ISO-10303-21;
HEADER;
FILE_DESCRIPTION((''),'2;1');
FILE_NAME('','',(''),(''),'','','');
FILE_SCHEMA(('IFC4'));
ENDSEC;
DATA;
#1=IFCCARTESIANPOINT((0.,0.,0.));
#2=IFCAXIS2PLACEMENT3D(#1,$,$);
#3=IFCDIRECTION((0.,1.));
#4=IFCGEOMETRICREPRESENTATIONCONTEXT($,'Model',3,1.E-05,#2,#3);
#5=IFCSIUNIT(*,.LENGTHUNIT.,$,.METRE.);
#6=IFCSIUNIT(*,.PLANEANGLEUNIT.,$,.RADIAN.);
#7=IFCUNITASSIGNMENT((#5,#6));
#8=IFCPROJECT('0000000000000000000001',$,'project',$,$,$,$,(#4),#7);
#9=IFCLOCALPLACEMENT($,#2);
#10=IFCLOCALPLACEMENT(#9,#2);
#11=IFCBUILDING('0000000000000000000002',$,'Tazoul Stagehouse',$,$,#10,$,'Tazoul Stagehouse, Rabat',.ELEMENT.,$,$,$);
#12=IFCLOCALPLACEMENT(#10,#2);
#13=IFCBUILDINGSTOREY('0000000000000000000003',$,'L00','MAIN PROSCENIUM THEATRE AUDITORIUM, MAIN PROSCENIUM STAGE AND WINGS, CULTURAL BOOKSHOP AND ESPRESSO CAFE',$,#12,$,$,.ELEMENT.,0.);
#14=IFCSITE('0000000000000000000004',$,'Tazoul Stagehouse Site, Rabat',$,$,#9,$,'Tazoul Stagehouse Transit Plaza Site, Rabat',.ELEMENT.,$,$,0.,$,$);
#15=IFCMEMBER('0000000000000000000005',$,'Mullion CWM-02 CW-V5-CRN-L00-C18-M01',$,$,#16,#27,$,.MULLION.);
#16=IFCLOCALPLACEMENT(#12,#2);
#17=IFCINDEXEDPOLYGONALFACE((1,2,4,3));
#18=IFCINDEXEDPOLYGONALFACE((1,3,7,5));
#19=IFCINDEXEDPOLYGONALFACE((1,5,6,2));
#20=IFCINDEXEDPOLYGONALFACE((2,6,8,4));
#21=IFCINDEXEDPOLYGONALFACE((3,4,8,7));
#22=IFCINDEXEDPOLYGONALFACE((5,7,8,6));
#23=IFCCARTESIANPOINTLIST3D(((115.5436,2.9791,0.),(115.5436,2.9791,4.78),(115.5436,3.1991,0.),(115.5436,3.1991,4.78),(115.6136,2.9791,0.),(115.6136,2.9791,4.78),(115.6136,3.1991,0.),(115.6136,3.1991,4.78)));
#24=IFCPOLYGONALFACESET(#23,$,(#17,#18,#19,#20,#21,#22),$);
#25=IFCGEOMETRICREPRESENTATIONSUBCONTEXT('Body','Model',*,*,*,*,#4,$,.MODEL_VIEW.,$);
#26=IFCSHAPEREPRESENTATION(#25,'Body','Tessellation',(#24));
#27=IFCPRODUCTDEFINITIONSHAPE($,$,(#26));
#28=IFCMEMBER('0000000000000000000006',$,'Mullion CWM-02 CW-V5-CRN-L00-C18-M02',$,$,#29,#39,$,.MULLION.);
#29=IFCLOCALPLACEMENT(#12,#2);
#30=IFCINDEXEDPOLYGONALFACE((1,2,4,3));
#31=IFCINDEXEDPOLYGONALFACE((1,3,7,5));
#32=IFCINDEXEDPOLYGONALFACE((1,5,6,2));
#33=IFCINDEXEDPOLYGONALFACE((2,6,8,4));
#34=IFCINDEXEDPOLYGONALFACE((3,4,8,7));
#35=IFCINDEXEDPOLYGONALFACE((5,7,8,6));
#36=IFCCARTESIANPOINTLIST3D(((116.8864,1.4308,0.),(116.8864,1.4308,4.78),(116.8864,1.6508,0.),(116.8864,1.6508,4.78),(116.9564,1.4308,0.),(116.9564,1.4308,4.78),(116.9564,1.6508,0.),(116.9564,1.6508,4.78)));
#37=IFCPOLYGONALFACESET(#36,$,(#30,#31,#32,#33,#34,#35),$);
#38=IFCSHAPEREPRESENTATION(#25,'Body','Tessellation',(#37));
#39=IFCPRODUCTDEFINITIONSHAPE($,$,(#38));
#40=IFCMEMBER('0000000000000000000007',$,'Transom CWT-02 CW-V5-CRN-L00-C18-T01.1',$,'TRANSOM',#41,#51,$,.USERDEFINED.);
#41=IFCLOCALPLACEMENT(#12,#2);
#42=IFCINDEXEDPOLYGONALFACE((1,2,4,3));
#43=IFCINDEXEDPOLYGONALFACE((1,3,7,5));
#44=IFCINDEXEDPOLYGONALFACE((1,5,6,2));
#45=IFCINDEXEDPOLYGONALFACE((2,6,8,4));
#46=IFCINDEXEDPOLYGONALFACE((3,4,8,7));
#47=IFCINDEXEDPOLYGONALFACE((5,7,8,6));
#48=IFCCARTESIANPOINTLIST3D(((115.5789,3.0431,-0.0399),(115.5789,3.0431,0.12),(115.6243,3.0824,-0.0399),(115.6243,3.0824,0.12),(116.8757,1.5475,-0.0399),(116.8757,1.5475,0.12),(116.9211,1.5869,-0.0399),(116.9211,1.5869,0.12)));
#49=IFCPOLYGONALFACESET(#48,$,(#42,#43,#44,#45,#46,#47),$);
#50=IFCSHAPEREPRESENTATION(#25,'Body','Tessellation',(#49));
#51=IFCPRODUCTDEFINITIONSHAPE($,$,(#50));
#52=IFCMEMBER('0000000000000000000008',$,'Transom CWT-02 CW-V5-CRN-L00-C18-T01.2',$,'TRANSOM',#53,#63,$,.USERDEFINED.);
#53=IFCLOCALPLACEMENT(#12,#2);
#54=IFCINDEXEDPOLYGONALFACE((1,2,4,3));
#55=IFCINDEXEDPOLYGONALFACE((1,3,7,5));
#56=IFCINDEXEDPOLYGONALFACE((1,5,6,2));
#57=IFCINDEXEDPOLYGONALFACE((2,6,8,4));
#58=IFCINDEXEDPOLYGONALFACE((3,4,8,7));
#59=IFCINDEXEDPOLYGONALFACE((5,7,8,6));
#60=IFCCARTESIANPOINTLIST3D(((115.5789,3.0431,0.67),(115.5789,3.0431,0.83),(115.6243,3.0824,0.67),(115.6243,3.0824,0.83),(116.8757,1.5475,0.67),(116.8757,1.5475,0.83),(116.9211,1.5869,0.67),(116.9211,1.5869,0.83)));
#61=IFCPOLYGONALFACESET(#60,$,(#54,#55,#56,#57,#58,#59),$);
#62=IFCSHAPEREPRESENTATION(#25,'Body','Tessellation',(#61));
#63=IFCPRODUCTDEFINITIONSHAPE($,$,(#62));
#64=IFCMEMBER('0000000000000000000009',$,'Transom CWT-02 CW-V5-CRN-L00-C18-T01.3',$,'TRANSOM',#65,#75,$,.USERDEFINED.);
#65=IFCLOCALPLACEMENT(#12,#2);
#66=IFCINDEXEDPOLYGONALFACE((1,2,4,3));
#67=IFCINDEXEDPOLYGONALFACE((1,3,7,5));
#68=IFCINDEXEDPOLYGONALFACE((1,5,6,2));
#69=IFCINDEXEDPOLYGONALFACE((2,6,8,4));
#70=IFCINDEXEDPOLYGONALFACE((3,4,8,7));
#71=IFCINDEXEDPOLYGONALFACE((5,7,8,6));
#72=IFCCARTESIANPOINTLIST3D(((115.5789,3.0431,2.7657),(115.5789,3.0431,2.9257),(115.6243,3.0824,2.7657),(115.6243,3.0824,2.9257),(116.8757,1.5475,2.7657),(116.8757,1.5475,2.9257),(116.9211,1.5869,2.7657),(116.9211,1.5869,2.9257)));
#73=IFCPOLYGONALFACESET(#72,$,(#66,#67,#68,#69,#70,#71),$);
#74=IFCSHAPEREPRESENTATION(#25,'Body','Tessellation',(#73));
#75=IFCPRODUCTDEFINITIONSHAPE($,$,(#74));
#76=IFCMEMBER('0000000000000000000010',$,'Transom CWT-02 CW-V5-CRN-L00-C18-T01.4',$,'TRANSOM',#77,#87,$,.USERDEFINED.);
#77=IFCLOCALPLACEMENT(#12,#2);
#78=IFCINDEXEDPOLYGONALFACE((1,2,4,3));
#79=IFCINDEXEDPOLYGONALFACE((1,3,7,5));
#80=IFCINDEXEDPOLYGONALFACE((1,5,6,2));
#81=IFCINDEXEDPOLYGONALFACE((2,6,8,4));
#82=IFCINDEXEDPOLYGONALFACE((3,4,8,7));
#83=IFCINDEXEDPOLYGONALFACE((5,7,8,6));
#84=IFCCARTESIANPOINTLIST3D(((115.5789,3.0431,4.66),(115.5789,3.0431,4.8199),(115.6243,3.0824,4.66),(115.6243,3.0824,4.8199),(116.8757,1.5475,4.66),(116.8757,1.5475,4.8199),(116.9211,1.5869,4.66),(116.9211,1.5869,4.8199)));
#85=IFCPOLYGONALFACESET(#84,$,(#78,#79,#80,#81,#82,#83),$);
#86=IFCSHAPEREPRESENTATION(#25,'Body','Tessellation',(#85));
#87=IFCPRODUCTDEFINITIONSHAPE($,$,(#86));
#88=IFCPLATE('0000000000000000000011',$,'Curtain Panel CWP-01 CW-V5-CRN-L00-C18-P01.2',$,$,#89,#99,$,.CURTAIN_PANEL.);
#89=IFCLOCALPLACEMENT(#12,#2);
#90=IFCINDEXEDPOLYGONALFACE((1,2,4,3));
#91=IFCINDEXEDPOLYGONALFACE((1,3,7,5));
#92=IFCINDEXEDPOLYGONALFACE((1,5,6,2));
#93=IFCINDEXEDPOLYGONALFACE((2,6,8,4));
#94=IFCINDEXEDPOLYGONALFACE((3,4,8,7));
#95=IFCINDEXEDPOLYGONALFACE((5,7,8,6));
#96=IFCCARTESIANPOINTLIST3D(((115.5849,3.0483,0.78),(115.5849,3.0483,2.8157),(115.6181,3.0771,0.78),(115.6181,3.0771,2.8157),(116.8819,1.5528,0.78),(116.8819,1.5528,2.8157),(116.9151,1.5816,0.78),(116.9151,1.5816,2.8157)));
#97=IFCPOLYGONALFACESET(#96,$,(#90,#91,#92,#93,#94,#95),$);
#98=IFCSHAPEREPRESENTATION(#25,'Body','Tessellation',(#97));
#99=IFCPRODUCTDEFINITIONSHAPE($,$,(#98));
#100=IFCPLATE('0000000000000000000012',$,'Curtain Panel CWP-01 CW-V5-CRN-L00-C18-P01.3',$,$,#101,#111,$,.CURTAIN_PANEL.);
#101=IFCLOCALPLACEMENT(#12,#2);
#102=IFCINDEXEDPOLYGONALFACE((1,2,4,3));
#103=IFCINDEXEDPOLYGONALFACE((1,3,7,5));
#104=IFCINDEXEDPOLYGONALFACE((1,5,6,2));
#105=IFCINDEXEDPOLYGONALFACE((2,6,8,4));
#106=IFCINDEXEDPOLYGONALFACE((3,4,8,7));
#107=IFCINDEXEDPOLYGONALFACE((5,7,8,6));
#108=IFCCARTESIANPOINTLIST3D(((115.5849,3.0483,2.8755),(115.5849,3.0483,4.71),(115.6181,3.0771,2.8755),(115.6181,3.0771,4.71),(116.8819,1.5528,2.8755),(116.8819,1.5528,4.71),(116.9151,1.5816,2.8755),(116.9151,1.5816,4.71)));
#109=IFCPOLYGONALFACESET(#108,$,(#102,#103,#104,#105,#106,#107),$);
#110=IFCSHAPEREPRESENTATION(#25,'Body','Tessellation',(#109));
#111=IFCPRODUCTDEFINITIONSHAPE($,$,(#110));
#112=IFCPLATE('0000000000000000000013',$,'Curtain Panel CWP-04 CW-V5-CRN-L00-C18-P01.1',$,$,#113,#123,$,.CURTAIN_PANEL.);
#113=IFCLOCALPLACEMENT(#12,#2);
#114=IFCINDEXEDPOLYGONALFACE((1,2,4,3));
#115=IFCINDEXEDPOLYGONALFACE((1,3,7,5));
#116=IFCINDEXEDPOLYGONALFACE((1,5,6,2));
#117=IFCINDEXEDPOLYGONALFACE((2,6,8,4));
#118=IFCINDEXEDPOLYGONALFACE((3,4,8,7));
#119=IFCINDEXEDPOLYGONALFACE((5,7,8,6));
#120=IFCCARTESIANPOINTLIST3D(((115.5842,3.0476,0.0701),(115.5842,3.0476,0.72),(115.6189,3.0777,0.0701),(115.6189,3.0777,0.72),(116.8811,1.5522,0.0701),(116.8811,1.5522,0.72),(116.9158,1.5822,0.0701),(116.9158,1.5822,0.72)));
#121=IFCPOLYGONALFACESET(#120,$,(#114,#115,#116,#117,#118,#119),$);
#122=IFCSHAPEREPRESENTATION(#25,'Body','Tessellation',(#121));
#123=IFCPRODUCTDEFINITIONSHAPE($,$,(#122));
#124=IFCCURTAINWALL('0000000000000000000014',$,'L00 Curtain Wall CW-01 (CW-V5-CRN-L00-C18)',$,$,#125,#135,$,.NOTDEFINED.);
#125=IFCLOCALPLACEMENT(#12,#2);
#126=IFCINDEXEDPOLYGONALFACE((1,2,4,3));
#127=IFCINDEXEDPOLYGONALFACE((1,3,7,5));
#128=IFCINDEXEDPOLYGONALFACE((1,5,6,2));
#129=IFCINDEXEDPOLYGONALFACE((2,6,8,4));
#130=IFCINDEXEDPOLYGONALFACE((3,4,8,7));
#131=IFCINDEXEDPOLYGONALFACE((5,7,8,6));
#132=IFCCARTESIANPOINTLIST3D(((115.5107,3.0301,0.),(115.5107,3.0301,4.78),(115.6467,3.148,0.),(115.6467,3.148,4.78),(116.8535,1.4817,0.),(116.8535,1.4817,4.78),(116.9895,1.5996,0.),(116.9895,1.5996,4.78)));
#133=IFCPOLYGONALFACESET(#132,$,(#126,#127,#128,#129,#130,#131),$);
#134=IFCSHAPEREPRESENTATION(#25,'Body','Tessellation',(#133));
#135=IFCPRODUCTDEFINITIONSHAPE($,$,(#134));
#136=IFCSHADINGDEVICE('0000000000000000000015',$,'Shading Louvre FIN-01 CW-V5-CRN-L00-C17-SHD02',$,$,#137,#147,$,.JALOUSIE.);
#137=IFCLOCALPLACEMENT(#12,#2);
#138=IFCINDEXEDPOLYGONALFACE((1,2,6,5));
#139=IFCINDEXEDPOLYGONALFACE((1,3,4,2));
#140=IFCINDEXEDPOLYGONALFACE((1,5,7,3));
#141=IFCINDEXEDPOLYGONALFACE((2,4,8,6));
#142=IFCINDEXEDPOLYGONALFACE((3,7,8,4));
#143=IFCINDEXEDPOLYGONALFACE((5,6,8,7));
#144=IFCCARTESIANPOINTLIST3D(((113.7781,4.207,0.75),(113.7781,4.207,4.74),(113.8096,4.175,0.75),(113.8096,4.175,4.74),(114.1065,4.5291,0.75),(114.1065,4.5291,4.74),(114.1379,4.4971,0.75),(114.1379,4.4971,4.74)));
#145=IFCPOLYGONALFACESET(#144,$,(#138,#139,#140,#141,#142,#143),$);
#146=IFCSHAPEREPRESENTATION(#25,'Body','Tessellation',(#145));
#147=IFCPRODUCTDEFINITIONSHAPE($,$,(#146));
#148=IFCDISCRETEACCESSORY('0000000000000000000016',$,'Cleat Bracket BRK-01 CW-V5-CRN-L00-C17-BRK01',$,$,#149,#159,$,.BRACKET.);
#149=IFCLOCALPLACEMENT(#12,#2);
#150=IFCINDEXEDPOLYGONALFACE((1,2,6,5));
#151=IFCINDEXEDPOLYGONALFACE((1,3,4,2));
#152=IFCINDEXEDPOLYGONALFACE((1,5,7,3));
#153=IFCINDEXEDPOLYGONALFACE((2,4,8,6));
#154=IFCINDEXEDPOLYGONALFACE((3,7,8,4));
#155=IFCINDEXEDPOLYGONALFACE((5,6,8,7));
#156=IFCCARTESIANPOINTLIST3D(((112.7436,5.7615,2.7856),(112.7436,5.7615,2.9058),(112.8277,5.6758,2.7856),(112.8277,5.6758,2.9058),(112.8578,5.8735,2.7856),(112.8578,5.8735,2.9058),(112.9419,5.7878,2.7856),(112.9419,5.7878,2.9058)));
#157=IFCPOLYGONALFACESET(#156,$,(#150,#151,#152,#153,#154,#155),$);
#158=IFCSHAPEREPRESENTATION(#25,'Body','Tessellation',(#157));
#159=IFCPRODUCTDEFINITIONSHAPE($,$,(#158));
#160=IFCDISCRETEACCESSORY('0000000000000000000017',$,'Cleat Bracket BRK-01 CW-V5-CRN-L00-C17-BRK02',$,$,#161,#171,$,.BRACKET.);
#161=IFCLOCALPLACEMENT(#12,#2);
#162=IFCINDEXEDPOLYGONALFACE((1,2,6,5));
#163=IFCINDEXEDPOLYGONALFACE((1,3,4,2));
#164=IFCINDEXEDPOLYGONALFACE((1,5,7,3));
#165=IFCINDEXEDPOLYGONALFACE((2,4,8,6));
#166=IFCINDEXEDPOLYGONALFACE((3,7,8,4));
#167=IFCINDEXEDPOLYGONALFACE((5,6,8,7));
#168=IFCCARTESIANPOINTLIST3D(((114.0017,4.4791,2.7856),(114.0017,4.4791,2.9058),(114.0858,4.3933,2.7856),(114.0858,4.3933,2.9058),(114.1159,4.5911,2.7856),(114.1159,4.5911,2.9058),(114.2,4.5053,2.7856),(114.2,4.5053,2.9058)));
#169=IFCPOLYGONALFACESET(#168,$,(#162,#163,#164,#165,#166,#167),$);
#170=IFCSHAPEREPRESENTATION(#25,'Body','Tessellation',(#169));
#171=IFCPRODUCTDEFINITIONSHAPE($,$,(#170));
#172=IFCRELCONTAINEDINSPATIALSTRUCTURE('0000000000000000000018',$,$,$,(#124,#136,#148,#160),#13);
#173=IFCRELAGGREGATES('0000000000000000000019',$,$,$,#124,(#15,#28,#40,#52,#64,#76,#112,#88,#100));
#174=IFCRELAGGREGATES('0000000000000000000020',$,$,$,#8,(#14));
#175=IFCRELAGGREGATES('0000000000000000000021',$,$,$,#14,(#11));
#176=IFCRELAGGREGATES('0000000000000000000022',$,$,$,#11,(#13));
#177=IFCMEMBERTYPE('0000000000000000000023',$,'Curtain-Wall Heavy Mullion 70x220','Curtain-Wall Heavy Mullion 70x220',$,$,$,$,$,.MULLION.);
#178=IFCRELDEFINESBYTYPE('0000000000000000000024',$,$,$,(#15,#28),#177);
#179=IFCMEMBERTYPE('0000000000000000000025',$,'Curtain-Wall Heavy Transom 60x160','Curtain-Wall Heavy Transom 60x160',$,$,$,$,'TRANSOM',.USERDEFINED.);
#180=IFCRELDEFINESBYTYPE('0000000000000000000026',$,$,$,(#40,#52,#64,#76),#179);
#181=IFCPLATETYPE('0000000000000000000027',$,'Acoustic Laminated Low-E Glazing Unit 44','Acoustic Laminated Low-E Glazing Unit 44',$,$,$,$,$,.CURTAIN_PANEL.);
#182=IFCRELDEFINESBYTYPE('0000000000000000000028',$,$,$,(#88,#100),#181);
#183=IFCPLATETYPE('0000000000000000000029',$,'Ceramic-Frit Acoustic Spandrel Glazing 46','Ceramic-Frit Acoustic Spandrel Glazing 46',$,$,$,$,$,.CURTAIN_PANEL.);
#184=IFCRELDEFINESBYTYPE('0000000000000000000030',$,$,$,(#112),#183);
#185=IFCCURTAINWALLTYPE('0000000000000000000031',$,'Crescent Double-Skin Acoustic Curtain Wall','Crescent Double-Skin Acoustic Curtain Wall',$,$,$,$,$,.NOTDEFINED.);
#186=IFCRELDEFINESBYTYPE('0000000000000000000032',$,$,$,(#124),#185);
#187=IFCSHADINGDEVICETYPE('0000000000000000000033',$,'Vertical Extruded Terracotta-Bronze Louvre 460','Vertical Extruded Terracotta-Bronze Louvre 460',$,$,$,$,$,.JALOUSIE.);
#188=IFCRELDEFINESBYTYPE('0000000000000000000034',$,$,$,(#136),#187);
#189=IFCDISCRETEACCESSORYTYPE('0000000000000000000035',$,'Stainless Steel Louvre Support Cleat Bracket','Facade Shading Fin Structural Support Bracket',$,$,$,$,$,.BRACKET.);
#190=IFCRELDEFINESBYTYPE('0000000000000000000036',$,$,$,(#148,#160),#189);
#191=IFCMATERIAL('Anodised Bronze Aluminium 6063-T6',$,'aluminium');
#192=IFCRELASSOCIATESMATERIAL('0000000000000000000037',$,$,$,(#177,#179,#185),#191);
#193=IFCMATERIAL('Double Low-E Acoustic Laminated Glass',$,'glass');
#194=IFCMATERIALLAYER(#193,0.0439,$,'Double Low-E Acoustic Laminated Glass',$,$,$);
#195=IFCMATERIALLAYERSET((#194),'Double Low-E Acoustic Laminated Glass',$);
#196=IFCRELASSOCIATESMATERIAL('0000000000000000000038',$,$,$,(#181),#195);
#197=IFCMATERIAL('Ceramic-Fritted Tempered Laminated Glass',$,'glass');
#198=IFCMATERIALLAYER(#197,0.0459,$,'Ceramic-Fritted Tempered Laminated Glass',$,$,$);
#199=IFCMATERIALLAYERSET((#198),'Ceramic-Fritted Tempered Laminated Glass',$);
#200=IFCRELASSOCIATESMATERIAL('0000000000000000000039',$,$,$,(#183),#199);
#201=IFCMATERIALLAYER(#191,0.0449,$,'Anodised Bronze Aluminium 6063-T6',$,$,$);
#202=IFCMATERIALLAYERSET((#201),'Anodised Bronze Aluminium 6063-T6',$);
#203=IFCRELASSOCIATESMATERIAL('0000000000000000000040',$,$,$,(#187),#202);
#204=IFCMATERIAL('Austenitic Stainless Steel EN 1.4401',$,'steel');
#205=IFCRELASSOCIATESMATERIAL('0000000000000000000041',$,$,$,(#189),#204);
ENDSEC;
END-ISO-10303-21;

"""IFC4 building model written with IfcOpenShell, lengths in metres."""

from ifc_helpers import new_model, si_unit, direction, frame, frame_2d, origin, origin_2d, place, context, subcontext, project, spatial, rectangle, extrude, material, layer, layer_set, material_profile, profile_set, type_object, element, aggregate, save


model = new_model("IFC4")

# Units and contexts
model_context = context("Model", 3, precision=1e-05, world=origin(), true_north=direction((0.0, 1.0)))
body_context = subcontext(model_context, "Body", "Model", "MODEL_VIEW")
ifc_project = project(units=[si_unit("LENGTHUNIT", "METRE"), si_unit("PLANEANGLEUNIT", "RADIAN")], contexts=[model_context])

# Members
ifc_material_1 = material(Name="Anodised Bronze Aluminium 6063-T6", Category="aluminium")
ifc_material_profile_1 = material_profile(ifc_material_1, rectangle(XDim=0.0701, YDim=0.22, at=origin_2d()), Name="ALU MULLION 70x220")
ifc_profile_set_1 = profile_set([ifc_material_profile_1], Name="Anodised Bronze Aluminium 6063-T6")
member_type_1 = type_object("IfcMemberType", Name="Curtain-Wall Heavy Mullion 70x220", Description="Curtain-Wall Heavy Mullion 70x220", PredefinedType="MULLION", material=ifc_profile_set_1)
site_placement = place(None, origin())
building_placement = place(site_placement, origin())
storey_placement = place(building_placement, origin())
member_1_placement = place(storey_placement, frame((115.5786, 3.0891, 0.0), z_axis=(0.0, 0.0, 1.0), x_axis=(1.0, 0.0, 0.0)))
member_1 = element("IfcMember", 1, at=member_1_placement, type_object=member_type_1, Name="Mullion CWM-02 CW-V5-CRN-L00-C18-M01", PredefinedType="MULLION", context=body_context, shape_type="SweptSolid", body=[
    extrude(rectangle(XDim=0.0701, YDim=0.22, at=origin_2d()), origin(), (0.0, 0.0, 1.0), 4.78),
])
member_2_placement = place(storey_placement, frame((116.9214, 1.5408, 0.0), z_axis=(0.0, 0.0, 1.0), x_axis=(1.0, 0.0, 0.0)))
member_2 = element("IfcMember", 2, at=member_2_placement, type_object=member_type_1, Name="Mullion CWM-02 CW-V5-CRN-L00-C18-M02", PredefinedType="MULLION", context=body_context, shape_type="SweptSolid", body=[
    extrude(rectangle(XDim=0.0701, YDim=0.22, at=origin_2d()), origin(), (0.0, 0.0, 1.0), 4.78),
])
ifc_material_profile_2 = material_profile(ifc_material_1, rectangle(XDim=0.0601, YDim=0.1599, at=origin_2d()), Name="ALU TRANSOM 60x160")
ifc_profile_set_2 = profile_set([ifc_material_profile_2], Name="Anodised Bronze Aluminium 6063-T6")
member_type_2 = type_object("IfcMemberType", Name="Curtain-Wall Heavy Transom 60x160", Description="Curtain-Wall Heavy Transom 60x160", ElementType="TRANSOM", PredefinedType="USERDEFINED", material=ifc_profile_set_2)
member_3_placement = place(storey_placement, frame((115.6016, 3.0627, 0.04), z_axis=(0.655128, -0.755518, 0.0), x_axis=(0.755518, 0.655128, 0.0)))
member_3 = element("IfcMember", 3, at=member_3_placement, type_object=member_type_2, Name="Transom CWT-02 CW-V5-CRN-L00-C18-T01.1", ObjectType="TRANSOM", PredefinedType="USERDEFINED", context=body_context, shape_type="SweptSolid", body=[
    extrude(rectangle(XDim=0.0601, YDim=0.1599, at=origin_2d()), origin(), (0.0, 0.0, 1.0), 1.9795),
])
member_4_placement = place(storey_placement, frame((115.6016, 3.0627, 0.75), z_axis=(0.655128, -0.755518, 0.0), x_axis=(0.755518, 0.655128, 0.0)))
member_4 = element("IfcMember", 4, at=member_4_placement, type_object=member_type_2, Name="Transom CWT-02 CW-V5-CRN-L00-C18-T01.2", ObjectType="TRANSOM", PredefinedType="USERDEFINED", context=body_context, shape_type="SweptSolid", body=[
    extrude(rectangle(XDim=0.0601, YDim=0.1599, at=origin_2d()), origin(), (0.0, 0.0, 1.0), 1.9795),
])
member_5_placement = place(storey_placement, frame((115.6016, 3.0627, 2.8457), z_axis=(0.655128, -0.755518, 0.0), x_axis=(0.755518, 0.655128, 0.0)))
member_5 = element("IfcMember", 5, at=member_5_placement, type_object=member_type_2, Name="Transom CWT-02 CW-V5-CRN-L00-C18-T01.3", ObjectType="TRANSOM", PredefinedType="USERDEFINED", context=body_context, shape_type="SweptSolid", body=[
    extrude(rectangle(XDim=0.0601, YDim=0.1599, at=origin_2d()), origin(), (0.0, 0.0, 1.0), 1.9795),
])
member_6_placement = place(storey_placement, frame((115.6016, 3.0627, 4.74), z_axis=(0.655128, -0.755518, 0.0), x_axis=(0.755518, 0.655128, 0.0)))
member_6 = element("IfcMember", 6, at=member_6_placement, type_object=member_type_2, Name="Transom CWT-02 CW-V5-CRN-L00-C18-T01.4", ObjectType="TRANSOM", PredefinedType="USERDEFINED", context=body_context, shape_type="SweptSolid", body=[
    extrude(rectangle(XDim=0.0601, YDim=0.1599, at=origin_2d()), origin(), (0.0, 0.0, 1.0), 1.9795),
])

# Plates
ifc_material_2 = material(Name="Double Low-E Acoustic Laminated Glass", Category="glass")
ifc_layer_1 = layer(ifc_material_2, 0.0439, Name="Double Low-E Acoustic Laminated Glass")
ifc_layer_set_1 = layer_set([ifc_layer_1], Name="Double Low-E Acoustic Laminated Glass")
plate_type_1 = type_object("IfcPlateType", Name="Acoustic Laminated Low-E Glazing Unit 44", Description="Acoustic Laminated Low-E Glazing Unit 44", PredefinedType="CURTAIN_PANEL", material=ifc_layer_set_1)
plate_1_placement = place(storey_placement, frame((116.25, 2.3149, 0.78), z_axis=(0.0, 0.0, 1.0), x_axis=(0.655168, -0.755483, 0.0)))
plate_1 = element("IfcPlate", 7, at=plate_1_placement, type_object=plate_type_1, Name="Curtain Panel CWP-01 CW-V5-CRN-L00-C18-P01.2", PredefinedType="CURTAIN_PANEL", context=body_context, shape_type="SweptSolid", body=[
    extrude(rectangle(XDim=1.9795, YDim=0.0439, at=origin_2d()), origin(), (0.0, 0.0, 1.0), 2.0356),
])
plate_2_placement = place(storey_placement, frame((116.25, 2.3149, 2.8755), z_axis=(0.0, 0.0, 1.0), x_axis=(0.655168, -0.755483, 0.0)))
plate_2 = element("IfcPlate", 8, at=plate_2_placement, type_object=plate_type_1, Name="Curtain Panel CWP-01 CW-V5-CRN-L00-C18-P01.3", PredefinedType="CURTAIN_PANEL", context=body_context, shape_type="SweptSolid", body=[
    extrude(rectangle(XDim=1.9795, YDim=0.0439, at=origin_2d()), origin(), (0.0, 0.0, 1.0), 1.8345),
])
ifc_material_3 = material(Name="Ceramic-Fritted Tempered Laminated Glass", Category="glass")
ifc_layer_2 = layer(ifc_material_3, 0.0459, Name="Ceramic-Fritted Tempered Laminated Glass")
ifc_layer_set_2 = layer_set([ifc_layer_2], Name="Ceramic-Fritted Tempered Laminated Glass")
plate_type_2 = type_object("IfcPlateType", Name="Ceramic-Frit Acoustic Spandrel Glazing 46", Description="Ceramic-Frit Acoustic Spandrel Glazing 46", PredefinedType="CURTAIN_PANEL", material=ifc_layer_set_2)
plate_3_placement = place(storey_placement, frame((116.25, 2.3149, 0.0701), z_axis=(0.0, 0.0, 1.0), x_axis=(0.655168, -0.755483, 0.0)))
plate_3 = element("IfcPlate", 9, at=plate_3_placement, type_object=plate_type_2, Name="Curtain Panel CWP-04 CW-V5-CRN-L00-C18-P01.1", PredefinedType="CURTAIN_PANEL", context=body_context, shape_type="SweptSolid", body=[
    extrude(rectangle(XDim=1.9795, YDim=0.0459, at=origin_2d()), origin(), (0.0, 0.0, 1.0), 0.6499),
])

# Site, building, storey
site = spatial("IfcSite", under=ifc_project, at=site_placement, Name="Tazoul Stagehouse Site, Rabat", LongName="Tazoul Stagehouse Transit Plaza Site, Rabat", CompositionType="ELEMENT", RefElevation=0.0)
building = spatial("IfcBuilding", under=site, at=building_placement, Name="Tazoul Stagehouse", LongName="Tazoul Stagehouse, Rabat", CompositionType="ELEMENT")
storey = spatial("IfcBuildingStorey", under=building, at=storey_placement, Name="L00", Description="MAIN PROSCENIUM THEATRE AUDITORIUM, MAIN PROSCENIUM STAGE AND WINGS, CULTURAL BOOKSHOP AND ESPRESSO CAFE", CompositionType="ELEMENT", Elevation=0.0)

# Curtain wall
curtain_wall_type = type_object("IfcCurtainWallType", Name="Crescent Double-Skin Acoustic Curtain Wall", Description="Crescent Double-Skin Acoustic Curtain Wall", PredefinedType="NOTDEFINED", material=ifc_material_1)
curtain_wall_placement = place(storey_placement, frame((115.5786, 3.0891, 0.0), z_axis=(0.0, 0.0, 1.0), x_axis=(0.655175, -0.755477, 0.0)))
curtain_wall = element("IfcCurtainWall", 10, at=curtain_wall_placement, inside=storey, type_object=curtain_wall_type, Name="L00 Curtain Wall CW-01 (CW-V5-CRN-L00-C18)", PredefinedType="NOTDEFINED", context=body_context, shape_type="SweptSolid", body=[
    extrude(rectangle(XDim=2.0496, YDim=0.1799, at=frame_2d((1.0249, 0.0))), origin(), (0.0, 0.0, 1.0), 4.78),
])
aggregate(curtain_wall, [member_1, member_2, member_3, member_4, member_5, member_6, plate_3, plate_1, plate_2])

# Shading device
ifc_layer_3 = layer(ifc_material_1, 0.0449, Name="Anodised Bronze Aluminium 6063-T6")
ifc_layer_set_3 = layer_set([ifc_layer_3], Name="Anodised Bronze Aluminium 6063-T6")
shading_device_type = type_object("IfcShadingDeviceType", Name="Vertical Extruded Terracotta-Bronze Louvre 460", Description="Vertical Extruded Terracotta-Bronze Louvre 460", PredefinedType="JALOUSIE", material=ifc_layer_set_3)
shading_device_placement = place(storey_placement, frame((113.958, 4.3521, 0.75), z_axis=(0.0, 0.0, 1.0), x_axis=(0.700247, -0.713901, 0.0)))
element("IfcShadingDevice", 11, at=shading_device_placement, inside=storey, type_object=shading_device_type, Name="Shading Louvre FIN-01 CW-V5-CRN-L00-C17-SHD02", PredefinedType="JALOUSIE", context=body_context, shape_type="SweptSolid", body=[
    extrude(rectangle(XDim=0.0449, YDim=0.46, at=origin_2d()), origin(), (0.0, 0.0, 1.0), 3.99),
])

# Discrete accessories
ifc_material_4 = material(Name="Austenitic Stainless Steel EN 1.4401", Category="steel")
discrete_accessory_type = type_object("IfcDiscreteAccessoryType", Name="Stainless Steel Louvre Support Cleat Bracket", Description="Facade Shading Fin Structural Support Bracket", PredefinedType="BRACKET", material=ifc_material_4)
for number, where, z_axis, x_axis, name in (
    (12, (112.8428, 5.7747, 2.7856), (0.0, 0.0, 1.0), (0.700247, -0.713901, 0.0), "Cleat Bracket BRK-01 CW-V5-CRN-L00-C17-BRK01"),
    (13, (114.1008, 4.4922, 2.7856), (0.0, 0.0, 1.0), (0.700247, -0.713901, 0.0), "Cleat Bracket BRK-01 CW-V5-CRN-L00-C17-BRK02"),
):
    element("IfcDiscreteAccessory", number, at=place(storey_placement, frame(where, z_axis=z_axis, x_axis=x_axis)), inside=storey, type_object=discrete_accessory_type, Name=name, PredefinedType="BRACKET", context=body_context, shape_type="SweptSolid", body=[
        extrude(rectangle(XDim=0.1201, YDim=0.1599, at=origin_2d()), origin(), (0.0, 0.0, 1.0), 0.1201),
    ])

save(model, "model.ifc")
